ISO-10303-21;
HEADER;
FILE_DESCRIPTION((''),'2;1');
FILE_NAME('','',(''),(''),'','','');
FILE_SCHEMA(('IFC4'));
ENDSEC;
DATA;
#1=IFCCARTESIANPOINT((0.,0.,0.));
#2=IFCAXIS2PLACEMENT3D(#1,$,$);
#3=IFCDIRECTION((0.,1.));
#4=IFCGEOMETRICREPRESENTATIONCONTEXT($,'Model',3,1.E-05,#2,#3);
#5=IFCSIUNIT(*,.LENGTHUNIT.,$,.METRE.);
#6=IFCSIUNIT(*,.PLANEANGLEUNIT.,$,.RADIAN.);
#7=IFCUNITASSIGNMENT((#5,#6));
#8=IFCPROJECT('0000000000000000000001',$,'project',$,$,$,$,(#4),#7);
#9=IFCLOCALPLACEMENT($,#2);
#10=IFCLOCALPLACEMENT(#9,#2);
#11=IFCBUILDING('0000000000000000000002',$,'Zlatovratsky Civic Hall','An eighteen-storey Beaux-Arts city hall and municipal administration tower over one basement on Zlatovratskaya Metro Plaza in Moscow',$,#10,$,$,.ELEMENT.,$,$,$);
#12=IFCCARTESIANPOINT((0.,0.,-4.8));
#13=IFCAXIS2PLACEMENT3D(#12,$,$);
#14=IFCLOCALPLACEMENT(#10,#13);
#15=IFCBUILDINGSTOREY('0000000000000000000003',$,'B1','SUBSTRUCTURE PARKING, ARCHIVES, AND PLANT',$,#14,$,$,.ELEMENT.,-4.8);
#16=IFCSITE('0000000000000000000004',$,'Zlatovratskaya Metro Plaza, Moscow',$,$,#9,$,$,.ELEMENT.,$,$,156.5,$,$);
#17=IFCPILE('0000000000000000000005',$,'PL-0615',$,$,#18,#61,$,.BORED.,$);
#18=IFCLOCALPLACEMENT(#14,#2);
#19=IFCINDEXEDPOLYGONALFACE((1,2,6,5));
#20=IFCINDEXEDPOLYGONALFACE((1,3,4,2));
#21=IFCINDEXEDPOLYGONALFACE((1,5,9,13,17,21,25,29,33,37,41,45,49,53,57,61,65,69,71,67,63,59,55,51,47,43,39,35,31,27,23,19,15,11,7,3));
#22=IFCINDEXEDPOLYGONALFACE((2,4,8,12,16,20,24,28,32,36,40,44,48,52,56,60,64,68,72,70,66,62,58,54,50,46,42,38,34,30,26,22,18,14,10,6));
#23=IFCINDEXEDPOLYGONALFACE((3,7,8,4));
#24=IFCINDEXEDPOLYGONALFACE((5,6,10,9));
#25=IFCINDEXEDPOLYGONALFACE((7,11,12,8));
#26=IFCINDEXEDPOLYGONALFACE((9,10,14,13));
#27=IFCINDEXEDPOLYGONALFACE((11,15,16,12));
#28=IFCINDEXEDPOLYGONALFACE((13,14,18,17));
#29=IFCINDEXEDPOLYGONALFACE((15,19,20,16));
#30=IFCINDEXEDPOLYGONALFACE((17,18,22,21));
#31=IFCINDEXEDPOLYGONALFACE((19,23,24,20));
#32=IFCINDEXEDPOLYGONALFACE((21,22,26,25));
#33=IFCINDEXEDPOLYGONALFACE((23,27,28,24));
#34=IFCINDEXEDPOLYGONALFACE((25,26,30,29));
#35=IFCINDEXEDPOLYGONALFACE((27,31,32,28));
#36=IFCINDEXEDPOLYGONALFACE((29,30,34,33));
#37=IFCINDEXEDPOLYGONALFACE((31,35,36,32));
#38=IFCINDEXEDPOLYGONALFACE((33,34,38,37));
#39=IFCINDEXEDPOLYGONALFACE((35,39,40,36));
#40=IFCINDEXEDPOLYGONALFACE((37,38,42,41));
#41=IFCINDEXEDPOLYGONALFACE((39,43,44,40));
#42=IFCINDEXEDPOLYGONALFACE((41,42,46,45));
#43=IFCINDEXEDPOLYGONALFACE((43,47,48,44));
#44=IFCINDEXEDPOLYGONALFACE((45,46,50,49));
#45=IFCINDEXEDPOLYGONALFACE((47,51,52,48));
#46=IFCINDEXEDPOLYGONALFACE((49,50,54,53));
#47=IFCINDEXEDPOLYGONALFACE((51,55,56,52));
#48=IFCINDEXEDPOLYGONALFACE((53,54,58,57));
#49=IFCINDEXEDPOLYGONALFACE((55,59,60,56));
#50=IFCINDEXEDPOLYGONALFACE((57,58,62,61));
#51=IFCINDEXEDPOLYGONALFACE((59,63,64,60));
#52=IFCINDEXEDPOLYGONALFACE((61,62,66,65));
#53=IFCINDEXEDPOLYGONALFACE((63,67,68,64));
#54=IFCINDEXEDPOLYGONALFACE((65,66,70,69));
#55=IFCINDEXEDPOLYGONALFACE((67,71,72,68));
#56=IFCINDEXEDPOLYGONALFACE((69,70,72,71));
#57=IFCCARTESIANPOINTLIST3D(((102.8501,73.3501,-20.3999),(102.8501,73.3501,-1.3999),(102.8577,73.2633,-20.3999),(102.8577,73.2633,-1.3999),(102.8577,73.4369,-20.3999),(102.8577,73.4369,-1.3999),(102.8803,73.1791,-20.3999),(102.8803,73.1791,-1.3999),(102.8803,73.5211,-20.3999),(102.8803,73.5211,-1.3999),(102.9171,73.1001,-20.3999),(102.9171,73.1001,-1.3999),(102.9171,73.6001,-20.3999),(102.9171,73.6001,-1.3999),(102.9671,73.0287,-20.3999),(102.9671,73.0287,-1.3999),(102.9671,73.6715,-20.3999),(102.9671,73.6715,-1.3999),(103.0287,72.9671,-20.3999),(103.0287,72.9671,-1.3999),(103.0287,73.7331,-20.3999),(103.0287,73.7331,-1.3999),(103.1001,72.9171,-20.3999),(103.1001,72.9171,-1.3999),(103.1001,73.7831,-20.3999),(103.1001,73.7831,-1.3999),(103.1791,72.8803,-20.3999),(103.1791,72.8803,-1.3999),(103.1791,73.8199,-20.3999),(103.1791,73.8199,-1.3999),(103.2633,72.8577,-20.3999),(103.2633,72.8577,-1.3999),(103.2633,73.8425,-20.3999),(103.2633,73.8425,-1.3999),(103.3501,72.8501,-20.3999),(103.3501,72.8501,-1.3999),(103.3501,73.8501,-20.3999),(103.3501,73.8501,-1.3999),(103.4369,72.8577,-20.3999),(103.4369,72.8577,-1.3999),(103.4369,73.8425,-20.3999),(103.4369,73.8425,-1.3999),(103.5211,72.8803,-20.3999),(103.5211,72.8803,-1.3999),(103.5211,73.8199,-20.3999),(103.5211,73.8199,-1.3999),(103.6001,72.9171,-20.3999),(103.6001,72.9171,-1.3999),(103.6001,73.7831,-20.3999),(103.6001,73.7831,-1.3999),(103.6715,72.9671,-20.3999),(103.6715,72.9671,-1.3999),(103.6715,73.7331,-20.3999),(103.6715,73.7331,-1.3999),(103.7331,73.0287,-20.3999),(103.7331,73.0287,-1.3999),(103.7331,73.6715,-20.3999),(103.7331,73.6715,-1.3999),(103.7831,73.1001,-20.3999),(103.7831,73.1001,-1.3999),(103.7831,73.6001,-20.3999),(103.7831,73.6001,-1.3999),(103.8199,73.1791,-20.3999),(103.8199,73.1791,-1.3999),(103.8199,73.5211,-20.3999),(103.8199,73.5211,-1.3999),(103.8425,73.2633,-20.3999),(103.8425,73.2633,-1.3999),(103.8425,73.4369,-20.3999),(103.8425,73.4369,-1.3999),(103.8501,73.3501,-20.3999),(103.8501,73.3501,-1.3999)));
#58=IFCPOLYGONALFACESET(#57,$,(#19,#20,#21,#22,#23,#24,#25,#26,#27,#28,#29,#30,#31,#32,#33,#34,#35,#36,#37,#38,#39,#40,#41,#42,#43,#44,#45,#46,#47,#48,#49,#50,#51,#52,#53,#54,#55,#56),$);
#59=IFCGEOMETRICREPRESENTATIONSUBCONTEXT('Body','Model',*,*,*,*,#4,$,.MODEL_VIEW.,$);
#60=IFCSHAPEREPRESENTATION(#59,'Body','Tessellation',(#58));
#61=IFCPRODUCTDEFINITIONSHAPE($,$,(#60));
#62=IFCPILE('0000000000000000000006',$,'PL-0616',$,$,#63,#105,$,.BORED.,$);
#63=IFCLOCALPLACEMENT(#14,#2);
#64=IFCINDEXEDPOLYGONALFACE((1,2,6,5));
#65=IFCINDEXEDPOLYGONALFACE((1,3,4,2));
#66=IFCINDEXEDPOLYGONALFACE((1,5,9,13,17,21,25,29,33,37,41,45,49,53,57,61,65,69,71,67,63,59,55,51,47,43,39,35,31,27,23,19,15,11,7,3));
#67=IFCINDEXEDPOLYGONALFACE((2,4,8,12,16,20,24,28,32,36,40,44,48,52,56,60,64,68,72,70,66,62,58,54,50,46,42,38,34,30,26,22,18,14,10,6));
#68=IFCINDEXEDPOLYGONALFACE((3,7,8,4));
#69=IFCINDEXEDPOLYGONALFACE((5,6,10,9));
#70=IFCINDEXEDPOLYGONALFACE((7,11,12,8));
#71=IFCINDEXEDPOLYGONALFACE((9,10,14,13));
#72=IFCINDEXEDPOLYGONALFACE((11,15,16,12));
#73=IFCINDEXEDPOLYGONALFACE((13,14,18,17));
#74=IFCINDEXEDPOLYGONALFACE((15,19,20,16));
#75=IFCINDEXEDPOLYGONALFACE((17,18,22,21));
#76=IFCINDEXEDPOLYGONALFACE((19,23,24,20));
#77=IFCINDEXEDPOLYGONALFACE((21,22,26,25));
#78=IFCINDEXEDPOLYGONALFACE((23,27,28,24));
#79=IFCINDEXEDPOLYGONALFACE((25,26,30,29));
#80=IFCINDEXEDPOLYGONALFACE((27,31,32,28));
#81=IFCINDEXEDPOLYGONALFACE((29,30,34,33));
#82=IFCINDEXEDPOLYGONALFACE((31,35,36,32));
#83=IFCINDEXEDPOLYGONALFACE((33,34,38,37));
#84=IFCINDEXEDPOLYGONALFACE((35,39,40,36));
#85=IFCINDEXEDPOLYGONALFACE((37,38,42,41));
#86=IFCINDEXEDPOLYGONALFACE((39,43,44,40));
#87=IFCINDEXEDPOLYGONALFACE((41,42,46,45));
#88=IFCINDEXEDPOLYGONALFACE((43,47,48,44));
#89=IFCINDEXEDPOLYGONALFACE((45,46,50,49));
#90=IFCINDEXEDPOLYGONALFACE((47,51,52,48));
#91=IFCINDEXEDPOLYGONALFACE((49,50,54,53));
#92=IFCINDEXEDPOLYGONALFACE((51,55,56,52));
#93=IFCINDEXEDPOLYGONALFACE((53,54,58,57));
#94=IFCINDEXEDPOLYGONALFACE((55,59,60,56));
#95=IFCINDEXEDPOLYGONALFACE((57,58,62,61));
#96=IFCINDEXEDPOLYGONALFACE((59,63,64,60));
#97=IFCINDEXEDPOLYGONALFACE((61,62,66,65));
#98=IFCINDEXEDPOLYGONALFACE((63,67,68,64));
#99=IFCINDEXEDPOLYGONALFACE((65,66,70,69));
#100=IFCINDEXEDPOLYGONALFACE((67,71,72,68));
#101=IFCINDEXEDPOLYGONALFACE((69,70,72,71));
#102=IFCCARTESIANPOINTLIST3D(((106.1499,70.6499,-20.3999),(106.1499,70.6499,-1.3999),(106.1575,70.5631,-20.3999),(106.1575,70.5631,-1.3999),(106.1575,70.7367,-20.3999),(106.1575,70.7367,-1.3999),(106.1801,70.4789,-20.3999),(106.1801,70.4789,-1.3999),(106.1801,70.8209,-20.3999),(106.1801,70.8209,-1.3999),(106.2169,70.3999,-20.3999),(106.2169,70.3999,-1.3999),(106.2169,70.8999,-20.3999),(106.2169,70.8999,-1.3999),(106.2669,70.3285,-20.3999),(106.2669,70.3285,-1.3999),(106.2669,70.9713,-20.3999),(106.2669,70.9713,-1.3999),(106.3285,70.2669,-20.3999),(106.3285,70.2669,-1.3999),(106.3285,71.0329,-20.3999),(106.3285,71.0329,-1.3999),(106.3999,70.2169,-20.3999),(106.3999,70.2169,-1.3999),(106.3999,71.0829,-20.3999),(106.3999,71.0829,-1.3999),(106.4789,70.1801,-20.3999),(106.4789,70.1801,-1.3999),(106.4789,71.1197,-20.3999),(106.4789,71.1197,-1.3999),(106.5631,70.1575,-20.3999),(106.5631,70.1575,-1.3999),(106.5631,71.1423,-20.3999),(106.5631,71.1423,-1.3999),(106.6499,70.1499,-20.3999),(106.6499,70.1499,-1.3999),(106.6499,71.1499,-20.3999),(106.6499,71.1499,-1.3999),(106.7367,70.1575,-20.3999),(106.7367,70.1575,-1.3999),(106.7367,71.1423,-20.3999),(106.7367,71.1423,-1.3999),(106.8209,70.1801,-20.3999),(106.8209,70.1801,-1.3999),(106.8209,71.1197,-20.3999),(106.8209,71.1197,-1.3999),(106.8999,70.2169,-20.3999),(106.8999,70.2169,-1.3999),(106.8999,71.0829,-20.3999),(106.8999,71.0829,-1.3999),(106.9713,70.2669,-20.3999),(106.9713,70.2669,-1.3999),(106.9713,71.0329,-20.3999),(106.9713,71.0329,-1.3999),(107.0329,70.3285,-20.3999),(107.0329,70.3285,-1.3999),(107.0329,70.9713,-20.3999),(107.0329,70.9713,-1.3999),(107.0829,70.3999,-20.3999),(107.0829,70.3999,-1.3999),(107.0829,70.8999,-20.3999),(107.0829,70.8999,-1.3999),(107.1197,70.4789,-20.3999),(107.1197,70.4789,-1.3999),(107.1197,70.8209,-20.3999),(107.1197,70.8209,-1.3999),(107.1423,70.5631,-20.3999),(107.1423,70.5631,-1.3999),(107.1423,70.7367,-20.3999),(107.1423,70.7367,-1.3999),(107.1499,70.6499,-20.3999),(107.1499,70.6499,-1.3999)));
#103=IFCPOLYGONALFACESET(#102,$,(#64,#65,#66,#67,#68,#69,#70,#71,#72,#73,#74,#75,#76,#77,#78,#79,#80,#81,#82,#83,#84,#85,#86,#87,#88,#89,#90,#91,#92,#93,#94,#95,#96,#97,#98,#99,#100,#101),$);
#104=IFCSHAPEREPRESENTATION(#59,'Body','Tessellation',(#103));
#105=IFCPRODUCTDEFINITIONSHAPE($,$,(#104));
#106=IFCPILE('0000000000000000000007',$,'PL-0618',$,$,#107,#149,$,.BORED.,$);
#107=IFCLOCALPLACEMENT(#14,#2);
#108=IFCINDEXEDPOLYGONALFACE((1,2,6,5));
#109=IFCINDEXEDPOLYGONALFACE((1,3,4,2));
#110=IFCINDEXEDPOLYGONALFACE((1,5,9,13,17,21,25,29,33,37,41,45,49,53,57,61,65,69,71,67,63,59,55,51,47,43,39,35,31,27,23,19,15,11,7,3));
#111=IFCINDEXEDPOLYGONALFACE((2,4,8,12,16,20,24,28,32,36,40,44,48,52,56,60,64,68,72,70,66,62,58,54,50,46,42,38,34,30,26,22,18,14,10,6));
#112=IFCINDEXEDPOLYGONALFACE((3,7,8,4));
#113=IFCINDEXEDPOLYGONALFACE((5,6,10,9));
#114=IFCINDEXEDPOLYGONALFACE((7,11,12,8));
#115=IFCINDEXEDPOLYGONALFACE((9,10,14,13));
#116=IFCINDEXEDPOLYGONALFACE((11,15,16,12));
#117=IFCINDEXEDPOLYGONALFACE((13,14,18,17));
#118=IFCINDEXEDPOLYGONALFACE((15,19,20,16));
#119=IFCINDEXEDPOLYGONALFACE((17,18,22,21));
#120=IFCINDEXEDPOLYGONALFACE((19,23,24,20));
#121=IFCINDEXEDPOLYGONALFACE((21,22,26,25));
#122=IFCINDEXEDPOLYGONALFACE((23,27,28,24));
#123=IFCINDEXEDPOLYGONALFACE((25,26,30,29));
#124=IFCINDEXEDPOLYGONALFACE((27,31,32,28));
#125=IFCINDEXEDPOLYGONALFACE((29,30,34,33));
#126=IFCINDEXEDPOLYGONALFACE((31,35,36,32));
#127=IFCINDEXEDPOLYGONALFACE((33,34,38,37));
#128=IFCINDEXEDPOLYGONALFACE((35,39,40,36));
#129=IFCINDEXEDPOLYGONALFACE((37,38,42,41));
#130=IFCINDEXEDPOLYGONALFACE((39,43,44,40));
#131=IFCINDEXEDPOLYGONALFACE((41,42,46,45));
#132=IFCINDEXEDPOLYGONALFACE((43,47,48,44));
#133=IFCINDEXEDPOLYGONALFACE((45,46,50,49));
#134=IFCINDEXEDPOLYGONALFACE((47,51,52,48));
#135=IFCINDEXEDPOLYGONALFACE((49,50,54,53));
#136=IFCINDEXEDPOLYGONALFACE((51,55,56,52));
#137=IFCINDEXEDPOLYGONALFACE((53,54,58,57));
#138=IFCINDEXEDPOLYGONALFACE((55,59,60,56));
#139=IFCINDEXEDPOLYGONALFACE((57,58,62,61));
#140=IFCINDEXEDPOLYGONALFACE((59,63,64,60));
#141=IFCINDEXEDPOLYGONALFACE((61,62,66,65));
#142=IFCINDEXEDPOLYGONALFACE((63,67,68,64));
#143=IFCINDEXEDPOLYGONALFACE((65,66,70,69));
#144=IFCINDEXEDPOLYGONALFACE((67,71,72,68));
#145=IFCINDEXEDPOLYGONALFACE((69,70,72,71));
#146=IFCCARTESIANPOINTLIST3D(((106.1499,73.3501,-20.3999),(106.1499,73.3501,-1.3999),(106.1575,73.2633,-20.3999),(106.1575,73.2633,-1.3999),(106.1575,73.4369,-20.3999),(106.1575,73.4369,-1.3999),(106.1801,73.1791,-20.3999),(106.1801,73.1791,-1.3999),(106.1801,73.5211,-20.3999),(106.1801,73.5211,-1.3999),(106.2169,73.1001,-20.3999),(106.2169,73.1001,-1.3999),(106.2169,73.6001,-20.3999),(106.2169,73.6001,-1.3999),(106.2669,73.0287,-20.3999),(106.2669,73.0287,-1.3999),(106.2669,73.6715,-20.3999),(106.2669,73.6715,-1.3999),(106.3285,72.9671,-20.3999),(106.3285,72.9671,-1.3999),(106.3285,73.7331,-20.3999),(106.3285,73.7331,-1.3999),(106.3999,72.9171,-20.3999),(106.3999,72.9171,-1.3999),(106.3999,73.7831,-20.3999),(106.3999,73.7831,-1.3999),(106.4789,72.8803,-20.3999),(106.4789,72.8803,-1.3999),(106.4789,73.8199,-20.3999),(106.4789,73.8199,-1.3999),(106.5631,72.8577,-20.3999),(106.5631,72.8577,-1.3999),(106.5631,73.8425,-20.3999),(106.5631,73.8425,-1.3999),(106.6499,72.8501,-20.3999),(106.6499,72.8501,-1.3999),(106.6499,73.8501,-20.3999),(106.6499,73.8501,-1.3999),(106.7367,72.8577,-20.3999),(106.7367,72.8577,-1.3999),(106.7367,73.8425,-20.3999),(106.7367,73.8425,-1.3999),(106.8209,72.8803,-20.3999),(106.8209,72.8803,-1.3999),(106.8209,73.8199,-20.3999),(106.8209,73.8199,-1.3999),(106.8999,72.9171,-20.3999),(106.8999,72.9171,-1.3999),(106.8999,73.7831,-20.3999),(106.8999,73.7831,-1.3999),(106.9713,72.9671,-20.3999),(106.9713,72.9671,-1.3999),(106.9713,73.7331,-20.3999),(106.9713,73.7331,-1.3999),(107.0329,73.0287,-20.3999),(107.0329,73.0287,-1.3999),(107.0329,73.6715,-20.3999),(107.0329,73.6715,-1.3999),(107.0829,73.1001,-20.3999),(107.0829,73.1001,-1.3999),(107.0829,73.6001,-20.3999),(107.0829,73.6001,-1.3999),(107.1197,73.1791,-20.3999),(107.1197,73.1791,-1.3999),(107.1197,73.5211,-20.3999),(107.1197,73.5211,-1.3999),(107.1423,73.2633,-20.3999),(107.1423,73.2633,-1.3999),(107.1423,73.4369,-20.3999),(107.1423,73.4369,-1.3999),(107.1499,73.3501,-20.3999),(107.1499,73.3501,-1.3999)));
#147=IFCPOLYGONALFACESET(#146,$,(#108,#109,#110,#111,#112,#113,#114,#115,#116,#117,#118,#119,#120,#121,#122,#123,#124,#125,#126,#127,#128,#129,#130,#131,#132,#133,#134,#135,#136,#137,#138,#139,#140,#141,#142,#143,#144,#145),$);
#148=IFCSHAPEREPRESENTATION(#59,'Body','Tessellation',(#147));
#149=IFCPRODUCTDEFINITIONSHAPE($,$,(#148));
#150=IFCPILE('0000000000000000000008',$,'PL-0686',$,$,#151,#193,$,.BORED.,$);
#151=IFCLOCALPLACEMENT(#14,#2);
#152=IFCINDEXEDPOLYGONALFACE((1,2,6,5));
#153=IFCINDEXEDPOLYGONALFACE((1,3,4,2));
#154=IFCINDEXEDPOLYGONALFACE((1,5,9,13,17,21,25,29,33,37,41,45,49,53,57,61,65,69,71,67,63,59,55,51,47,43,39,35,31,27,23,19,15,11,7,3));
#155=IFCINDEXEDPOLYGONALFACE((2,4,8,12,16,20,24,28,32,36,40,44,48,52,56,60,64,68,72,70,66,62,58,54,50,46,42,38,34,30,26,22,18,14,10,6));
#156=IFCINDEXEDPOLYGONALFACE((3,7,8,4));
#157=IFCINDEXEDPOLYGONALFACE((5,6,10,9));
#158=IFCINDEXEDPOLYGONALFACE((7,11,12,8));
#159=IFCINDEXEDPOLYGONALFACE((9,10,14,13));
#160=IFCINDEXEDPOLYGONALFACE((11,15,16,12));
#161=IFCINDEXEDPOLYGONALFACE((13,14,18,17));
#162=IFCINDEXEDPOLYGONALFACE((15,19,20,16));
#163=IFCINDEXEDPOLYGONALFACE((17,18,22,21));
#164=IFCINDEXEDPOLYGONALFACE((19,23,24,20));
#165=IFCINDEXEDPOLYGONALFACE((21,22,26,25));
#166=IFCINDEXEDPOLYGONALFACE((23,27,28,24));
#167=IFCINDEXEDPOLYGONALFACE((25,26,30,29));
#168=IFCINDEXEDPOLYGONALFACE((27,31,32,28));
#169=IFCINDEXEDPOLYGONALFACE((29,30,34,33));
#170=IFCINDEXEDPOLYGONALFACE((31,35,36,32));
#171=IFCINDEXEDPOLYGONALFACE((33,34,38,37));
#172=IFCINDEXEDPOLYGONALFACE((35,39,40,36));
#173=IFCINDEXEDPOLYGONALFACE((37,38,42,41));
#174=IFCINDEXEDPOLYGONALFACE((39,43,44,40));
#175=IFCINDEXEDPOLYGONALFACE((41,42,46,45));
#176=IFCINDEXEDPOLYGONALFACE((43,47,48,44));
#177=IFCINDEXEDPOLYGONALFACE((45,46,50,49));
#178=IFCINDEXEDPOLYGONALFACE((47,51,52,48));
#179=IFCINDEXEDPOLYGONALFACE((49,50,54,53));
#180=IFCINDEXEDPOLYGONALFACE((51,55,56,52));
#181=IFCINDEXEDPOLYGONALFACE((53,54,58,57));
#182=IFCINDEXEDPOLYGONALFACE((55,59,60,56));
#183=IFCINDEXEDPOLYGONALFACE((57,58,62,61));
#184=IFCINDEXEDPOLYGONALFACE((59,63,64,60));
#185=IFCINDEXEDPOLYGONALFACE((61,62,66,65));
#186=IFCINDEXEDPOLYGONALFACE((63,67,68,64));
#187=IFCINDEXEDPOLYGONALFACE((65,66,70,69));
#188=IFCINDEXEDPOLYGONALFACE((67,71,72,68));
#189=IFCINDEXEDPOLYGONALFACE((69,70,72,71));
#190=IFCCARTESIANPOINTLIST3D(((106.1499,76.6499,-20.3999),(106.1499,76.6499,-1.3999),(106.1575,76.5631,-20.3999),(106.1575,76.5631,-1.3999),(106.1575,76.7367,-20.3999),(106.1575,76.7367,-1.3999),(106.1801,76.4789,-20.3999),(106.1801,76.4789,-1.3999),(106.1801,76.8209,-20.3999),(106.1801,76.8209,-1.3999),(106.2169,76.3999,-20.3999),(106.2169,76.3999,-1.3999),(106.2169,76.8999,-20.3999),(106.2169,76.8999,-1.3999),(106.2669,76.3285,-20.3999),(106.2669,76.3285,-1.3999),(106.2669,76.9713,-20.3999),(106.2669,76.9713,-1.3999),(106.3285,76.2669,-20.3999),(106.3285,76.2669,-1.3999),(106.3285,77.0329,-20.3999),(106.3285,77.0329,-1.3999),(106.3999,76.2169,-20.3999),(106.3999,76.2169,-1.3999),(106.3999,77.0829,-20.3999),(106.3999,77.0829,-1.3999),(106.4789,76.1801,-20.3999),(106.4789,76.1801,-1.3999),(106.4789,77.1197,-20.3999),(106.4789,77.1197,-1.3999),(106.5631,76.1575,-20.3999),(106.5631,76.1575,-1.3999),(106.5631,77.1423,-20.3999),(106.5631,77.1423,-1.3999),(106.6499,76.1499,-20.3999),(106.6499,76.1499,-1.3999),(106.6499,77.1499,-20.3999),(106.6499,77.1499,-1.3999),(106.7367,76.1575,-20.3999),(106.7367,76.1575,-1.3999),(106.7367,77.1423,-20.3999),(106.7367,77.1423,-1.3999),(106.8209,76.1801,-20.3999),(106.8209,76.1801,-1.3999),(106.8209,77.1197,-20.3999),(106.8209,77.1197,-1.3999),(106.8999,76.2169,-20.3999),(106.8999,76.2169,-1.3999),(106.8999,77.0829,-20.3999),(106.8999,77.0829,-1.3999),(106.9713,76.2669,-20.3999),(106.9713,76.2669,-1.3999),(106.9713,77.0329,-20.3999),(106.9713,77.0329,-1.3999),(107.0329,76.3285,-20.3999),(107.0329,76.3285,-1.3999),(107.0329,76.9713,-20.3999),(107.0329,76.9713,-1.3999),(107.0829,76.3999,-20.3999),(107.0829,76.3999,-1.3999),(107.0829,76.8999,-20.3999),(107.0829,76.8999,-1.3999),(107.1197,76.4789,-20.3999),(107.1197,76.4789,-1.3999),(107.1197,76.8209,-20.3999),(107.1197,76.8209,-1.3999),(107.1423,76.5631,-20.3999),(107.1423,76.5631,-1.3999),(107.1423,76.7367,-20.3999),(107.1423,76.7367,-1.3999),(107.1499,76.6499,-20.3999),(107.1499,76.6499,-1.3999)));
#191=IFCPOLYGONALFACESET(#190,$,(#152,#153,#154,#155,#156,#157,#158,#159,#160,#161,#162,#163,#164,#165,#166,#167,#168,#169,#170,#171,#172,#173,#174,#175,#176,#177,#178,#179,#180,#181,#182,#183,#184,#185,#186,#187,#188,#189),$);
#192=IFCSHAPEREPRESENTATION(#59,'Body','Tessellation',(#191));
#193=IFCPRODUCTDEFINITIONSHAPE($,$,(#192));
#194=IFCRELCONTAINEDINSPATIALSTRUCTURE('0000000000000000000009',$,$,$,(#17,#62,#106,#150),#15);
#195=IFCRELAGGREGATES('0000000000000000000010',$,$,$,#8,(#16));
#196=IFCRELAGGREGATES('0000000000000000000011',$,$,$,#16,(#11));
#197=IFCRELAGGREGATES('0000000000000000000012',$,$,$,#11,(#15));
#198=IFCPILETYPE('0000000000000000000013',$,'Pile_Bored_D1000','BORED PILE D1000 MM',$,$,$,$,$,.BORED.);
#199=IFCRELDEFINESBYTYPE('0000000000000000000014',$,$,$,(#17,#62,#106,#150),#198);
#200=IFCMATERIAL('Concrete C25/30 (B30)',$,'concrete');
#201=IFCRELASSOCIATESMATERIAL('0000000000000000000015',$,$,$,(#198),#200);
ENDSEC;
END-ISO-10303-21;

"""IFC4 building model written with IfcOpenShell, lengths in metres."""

from ifc_helpers import new_model, si_unit, direction, frame, origin, origin_2d, place, context, subcontext, project, spatial, circle, extrude, material, material_profile, profile_set, type_object, element, save


model = new_model("IFC4")

# Units and contexts
model_context = context("Model", 3, precision=1e-05, world=origin(), true_north=direction((0.0, 1.0)))
body_context = subcontext(model_context, "Body", "Model", "MODEL_VIEW")
ifc_project = project(units=[si_unit("LENGTHUNIT", "METRE"), si_unit("PLANEANGLEUNIT", "RADIAN")], contexts=[model_context])

# Site, building, storey
site_placement = place(None, origin())
site = spatial("IfcSite", under=ifc_project, at=site_placement, Name="Zlatovratskaya Metro Plaza, Moscow", CompositionType="ELEMENT", RefElevation=156.5)
building_placement = place(site_placement, origin())
building = spatial("IfcBuilding", under=site, at=building_placement, Name="Zlatovratsky Civic Hall", Description="An eighteen-storey Beaux-Arts city hall and municipal administration tower over one basement on Zlatovratskaya Metro Plaza in Moscow", CompositionType="ELEMENT")
storey_placement = place(building_placement, frame((0.0, 0.0, -4.8)))
storey = spatial("IfcBuildingStorey", under=building, at=storey_placement, Name="B1", Description="SUBSTRUCTURE PARKING, ARCHIVES, AND PLANT", CompositionType="ELEMENT", Elevation=-4.8)

# Shared definitions
ifc_material_1 = material(Name="Concrete C25/30 (B30)", Category="concrete")

# Piles
ifc_material_profile_1 = material_profile(ifc_material_1, circle(Radius=0.5, at=origin_2d()), Name="PILE D1000")
ifc_profile_set_1 = profile_set([ifc_material_profile_1], Name="Concrete C25/30 (B30)")
pile_type_1 = type_object("IfcPileType", Name="Pile_Bored_D1000", Description="BORED PILE D1000 MM", PredefinedType="BORED", material=ifc_profile_set_1)
for number, where, z_axis, x_axis, name in (
    (1, (103.3501, 73.3501, -1.3999), (0.0, 0.0, -1.0), (1.0, 0.0, 0.0), "PL-0615"),
    (2, (106.6499, 70.6499, -1.3999), (0.0, 0.0, -1.0), (1.0, 0.0, 0.0), "PL-0616"),
    (3, (106.6499, 73.3501, -1.3999), (0.0, 0.0, -1.0), (1.0, 0.0, 0.0), "PL-0618"),
    (4, (106.6499, 76.6499, -1.3999), (0.0, 0.0, -1.0), (1.0, 0.0, 0.0), "PL-0686"),
):
    element("IfcPile", number, at=place(storey_placement, frame(where, z_axis=z_axis, x_axis=x_axis)), inside=storey, type_object=pile_type_1, Name=name, PredefinedType="BORED", context=body_context, shape_type="SweptSolid", body=[
        extrude(circle(Radius=0.5, at=origin_2d()), origin(), (0.0, 0.0, 1.0), 19.0),
    ])

save(model, "model.ifc")
